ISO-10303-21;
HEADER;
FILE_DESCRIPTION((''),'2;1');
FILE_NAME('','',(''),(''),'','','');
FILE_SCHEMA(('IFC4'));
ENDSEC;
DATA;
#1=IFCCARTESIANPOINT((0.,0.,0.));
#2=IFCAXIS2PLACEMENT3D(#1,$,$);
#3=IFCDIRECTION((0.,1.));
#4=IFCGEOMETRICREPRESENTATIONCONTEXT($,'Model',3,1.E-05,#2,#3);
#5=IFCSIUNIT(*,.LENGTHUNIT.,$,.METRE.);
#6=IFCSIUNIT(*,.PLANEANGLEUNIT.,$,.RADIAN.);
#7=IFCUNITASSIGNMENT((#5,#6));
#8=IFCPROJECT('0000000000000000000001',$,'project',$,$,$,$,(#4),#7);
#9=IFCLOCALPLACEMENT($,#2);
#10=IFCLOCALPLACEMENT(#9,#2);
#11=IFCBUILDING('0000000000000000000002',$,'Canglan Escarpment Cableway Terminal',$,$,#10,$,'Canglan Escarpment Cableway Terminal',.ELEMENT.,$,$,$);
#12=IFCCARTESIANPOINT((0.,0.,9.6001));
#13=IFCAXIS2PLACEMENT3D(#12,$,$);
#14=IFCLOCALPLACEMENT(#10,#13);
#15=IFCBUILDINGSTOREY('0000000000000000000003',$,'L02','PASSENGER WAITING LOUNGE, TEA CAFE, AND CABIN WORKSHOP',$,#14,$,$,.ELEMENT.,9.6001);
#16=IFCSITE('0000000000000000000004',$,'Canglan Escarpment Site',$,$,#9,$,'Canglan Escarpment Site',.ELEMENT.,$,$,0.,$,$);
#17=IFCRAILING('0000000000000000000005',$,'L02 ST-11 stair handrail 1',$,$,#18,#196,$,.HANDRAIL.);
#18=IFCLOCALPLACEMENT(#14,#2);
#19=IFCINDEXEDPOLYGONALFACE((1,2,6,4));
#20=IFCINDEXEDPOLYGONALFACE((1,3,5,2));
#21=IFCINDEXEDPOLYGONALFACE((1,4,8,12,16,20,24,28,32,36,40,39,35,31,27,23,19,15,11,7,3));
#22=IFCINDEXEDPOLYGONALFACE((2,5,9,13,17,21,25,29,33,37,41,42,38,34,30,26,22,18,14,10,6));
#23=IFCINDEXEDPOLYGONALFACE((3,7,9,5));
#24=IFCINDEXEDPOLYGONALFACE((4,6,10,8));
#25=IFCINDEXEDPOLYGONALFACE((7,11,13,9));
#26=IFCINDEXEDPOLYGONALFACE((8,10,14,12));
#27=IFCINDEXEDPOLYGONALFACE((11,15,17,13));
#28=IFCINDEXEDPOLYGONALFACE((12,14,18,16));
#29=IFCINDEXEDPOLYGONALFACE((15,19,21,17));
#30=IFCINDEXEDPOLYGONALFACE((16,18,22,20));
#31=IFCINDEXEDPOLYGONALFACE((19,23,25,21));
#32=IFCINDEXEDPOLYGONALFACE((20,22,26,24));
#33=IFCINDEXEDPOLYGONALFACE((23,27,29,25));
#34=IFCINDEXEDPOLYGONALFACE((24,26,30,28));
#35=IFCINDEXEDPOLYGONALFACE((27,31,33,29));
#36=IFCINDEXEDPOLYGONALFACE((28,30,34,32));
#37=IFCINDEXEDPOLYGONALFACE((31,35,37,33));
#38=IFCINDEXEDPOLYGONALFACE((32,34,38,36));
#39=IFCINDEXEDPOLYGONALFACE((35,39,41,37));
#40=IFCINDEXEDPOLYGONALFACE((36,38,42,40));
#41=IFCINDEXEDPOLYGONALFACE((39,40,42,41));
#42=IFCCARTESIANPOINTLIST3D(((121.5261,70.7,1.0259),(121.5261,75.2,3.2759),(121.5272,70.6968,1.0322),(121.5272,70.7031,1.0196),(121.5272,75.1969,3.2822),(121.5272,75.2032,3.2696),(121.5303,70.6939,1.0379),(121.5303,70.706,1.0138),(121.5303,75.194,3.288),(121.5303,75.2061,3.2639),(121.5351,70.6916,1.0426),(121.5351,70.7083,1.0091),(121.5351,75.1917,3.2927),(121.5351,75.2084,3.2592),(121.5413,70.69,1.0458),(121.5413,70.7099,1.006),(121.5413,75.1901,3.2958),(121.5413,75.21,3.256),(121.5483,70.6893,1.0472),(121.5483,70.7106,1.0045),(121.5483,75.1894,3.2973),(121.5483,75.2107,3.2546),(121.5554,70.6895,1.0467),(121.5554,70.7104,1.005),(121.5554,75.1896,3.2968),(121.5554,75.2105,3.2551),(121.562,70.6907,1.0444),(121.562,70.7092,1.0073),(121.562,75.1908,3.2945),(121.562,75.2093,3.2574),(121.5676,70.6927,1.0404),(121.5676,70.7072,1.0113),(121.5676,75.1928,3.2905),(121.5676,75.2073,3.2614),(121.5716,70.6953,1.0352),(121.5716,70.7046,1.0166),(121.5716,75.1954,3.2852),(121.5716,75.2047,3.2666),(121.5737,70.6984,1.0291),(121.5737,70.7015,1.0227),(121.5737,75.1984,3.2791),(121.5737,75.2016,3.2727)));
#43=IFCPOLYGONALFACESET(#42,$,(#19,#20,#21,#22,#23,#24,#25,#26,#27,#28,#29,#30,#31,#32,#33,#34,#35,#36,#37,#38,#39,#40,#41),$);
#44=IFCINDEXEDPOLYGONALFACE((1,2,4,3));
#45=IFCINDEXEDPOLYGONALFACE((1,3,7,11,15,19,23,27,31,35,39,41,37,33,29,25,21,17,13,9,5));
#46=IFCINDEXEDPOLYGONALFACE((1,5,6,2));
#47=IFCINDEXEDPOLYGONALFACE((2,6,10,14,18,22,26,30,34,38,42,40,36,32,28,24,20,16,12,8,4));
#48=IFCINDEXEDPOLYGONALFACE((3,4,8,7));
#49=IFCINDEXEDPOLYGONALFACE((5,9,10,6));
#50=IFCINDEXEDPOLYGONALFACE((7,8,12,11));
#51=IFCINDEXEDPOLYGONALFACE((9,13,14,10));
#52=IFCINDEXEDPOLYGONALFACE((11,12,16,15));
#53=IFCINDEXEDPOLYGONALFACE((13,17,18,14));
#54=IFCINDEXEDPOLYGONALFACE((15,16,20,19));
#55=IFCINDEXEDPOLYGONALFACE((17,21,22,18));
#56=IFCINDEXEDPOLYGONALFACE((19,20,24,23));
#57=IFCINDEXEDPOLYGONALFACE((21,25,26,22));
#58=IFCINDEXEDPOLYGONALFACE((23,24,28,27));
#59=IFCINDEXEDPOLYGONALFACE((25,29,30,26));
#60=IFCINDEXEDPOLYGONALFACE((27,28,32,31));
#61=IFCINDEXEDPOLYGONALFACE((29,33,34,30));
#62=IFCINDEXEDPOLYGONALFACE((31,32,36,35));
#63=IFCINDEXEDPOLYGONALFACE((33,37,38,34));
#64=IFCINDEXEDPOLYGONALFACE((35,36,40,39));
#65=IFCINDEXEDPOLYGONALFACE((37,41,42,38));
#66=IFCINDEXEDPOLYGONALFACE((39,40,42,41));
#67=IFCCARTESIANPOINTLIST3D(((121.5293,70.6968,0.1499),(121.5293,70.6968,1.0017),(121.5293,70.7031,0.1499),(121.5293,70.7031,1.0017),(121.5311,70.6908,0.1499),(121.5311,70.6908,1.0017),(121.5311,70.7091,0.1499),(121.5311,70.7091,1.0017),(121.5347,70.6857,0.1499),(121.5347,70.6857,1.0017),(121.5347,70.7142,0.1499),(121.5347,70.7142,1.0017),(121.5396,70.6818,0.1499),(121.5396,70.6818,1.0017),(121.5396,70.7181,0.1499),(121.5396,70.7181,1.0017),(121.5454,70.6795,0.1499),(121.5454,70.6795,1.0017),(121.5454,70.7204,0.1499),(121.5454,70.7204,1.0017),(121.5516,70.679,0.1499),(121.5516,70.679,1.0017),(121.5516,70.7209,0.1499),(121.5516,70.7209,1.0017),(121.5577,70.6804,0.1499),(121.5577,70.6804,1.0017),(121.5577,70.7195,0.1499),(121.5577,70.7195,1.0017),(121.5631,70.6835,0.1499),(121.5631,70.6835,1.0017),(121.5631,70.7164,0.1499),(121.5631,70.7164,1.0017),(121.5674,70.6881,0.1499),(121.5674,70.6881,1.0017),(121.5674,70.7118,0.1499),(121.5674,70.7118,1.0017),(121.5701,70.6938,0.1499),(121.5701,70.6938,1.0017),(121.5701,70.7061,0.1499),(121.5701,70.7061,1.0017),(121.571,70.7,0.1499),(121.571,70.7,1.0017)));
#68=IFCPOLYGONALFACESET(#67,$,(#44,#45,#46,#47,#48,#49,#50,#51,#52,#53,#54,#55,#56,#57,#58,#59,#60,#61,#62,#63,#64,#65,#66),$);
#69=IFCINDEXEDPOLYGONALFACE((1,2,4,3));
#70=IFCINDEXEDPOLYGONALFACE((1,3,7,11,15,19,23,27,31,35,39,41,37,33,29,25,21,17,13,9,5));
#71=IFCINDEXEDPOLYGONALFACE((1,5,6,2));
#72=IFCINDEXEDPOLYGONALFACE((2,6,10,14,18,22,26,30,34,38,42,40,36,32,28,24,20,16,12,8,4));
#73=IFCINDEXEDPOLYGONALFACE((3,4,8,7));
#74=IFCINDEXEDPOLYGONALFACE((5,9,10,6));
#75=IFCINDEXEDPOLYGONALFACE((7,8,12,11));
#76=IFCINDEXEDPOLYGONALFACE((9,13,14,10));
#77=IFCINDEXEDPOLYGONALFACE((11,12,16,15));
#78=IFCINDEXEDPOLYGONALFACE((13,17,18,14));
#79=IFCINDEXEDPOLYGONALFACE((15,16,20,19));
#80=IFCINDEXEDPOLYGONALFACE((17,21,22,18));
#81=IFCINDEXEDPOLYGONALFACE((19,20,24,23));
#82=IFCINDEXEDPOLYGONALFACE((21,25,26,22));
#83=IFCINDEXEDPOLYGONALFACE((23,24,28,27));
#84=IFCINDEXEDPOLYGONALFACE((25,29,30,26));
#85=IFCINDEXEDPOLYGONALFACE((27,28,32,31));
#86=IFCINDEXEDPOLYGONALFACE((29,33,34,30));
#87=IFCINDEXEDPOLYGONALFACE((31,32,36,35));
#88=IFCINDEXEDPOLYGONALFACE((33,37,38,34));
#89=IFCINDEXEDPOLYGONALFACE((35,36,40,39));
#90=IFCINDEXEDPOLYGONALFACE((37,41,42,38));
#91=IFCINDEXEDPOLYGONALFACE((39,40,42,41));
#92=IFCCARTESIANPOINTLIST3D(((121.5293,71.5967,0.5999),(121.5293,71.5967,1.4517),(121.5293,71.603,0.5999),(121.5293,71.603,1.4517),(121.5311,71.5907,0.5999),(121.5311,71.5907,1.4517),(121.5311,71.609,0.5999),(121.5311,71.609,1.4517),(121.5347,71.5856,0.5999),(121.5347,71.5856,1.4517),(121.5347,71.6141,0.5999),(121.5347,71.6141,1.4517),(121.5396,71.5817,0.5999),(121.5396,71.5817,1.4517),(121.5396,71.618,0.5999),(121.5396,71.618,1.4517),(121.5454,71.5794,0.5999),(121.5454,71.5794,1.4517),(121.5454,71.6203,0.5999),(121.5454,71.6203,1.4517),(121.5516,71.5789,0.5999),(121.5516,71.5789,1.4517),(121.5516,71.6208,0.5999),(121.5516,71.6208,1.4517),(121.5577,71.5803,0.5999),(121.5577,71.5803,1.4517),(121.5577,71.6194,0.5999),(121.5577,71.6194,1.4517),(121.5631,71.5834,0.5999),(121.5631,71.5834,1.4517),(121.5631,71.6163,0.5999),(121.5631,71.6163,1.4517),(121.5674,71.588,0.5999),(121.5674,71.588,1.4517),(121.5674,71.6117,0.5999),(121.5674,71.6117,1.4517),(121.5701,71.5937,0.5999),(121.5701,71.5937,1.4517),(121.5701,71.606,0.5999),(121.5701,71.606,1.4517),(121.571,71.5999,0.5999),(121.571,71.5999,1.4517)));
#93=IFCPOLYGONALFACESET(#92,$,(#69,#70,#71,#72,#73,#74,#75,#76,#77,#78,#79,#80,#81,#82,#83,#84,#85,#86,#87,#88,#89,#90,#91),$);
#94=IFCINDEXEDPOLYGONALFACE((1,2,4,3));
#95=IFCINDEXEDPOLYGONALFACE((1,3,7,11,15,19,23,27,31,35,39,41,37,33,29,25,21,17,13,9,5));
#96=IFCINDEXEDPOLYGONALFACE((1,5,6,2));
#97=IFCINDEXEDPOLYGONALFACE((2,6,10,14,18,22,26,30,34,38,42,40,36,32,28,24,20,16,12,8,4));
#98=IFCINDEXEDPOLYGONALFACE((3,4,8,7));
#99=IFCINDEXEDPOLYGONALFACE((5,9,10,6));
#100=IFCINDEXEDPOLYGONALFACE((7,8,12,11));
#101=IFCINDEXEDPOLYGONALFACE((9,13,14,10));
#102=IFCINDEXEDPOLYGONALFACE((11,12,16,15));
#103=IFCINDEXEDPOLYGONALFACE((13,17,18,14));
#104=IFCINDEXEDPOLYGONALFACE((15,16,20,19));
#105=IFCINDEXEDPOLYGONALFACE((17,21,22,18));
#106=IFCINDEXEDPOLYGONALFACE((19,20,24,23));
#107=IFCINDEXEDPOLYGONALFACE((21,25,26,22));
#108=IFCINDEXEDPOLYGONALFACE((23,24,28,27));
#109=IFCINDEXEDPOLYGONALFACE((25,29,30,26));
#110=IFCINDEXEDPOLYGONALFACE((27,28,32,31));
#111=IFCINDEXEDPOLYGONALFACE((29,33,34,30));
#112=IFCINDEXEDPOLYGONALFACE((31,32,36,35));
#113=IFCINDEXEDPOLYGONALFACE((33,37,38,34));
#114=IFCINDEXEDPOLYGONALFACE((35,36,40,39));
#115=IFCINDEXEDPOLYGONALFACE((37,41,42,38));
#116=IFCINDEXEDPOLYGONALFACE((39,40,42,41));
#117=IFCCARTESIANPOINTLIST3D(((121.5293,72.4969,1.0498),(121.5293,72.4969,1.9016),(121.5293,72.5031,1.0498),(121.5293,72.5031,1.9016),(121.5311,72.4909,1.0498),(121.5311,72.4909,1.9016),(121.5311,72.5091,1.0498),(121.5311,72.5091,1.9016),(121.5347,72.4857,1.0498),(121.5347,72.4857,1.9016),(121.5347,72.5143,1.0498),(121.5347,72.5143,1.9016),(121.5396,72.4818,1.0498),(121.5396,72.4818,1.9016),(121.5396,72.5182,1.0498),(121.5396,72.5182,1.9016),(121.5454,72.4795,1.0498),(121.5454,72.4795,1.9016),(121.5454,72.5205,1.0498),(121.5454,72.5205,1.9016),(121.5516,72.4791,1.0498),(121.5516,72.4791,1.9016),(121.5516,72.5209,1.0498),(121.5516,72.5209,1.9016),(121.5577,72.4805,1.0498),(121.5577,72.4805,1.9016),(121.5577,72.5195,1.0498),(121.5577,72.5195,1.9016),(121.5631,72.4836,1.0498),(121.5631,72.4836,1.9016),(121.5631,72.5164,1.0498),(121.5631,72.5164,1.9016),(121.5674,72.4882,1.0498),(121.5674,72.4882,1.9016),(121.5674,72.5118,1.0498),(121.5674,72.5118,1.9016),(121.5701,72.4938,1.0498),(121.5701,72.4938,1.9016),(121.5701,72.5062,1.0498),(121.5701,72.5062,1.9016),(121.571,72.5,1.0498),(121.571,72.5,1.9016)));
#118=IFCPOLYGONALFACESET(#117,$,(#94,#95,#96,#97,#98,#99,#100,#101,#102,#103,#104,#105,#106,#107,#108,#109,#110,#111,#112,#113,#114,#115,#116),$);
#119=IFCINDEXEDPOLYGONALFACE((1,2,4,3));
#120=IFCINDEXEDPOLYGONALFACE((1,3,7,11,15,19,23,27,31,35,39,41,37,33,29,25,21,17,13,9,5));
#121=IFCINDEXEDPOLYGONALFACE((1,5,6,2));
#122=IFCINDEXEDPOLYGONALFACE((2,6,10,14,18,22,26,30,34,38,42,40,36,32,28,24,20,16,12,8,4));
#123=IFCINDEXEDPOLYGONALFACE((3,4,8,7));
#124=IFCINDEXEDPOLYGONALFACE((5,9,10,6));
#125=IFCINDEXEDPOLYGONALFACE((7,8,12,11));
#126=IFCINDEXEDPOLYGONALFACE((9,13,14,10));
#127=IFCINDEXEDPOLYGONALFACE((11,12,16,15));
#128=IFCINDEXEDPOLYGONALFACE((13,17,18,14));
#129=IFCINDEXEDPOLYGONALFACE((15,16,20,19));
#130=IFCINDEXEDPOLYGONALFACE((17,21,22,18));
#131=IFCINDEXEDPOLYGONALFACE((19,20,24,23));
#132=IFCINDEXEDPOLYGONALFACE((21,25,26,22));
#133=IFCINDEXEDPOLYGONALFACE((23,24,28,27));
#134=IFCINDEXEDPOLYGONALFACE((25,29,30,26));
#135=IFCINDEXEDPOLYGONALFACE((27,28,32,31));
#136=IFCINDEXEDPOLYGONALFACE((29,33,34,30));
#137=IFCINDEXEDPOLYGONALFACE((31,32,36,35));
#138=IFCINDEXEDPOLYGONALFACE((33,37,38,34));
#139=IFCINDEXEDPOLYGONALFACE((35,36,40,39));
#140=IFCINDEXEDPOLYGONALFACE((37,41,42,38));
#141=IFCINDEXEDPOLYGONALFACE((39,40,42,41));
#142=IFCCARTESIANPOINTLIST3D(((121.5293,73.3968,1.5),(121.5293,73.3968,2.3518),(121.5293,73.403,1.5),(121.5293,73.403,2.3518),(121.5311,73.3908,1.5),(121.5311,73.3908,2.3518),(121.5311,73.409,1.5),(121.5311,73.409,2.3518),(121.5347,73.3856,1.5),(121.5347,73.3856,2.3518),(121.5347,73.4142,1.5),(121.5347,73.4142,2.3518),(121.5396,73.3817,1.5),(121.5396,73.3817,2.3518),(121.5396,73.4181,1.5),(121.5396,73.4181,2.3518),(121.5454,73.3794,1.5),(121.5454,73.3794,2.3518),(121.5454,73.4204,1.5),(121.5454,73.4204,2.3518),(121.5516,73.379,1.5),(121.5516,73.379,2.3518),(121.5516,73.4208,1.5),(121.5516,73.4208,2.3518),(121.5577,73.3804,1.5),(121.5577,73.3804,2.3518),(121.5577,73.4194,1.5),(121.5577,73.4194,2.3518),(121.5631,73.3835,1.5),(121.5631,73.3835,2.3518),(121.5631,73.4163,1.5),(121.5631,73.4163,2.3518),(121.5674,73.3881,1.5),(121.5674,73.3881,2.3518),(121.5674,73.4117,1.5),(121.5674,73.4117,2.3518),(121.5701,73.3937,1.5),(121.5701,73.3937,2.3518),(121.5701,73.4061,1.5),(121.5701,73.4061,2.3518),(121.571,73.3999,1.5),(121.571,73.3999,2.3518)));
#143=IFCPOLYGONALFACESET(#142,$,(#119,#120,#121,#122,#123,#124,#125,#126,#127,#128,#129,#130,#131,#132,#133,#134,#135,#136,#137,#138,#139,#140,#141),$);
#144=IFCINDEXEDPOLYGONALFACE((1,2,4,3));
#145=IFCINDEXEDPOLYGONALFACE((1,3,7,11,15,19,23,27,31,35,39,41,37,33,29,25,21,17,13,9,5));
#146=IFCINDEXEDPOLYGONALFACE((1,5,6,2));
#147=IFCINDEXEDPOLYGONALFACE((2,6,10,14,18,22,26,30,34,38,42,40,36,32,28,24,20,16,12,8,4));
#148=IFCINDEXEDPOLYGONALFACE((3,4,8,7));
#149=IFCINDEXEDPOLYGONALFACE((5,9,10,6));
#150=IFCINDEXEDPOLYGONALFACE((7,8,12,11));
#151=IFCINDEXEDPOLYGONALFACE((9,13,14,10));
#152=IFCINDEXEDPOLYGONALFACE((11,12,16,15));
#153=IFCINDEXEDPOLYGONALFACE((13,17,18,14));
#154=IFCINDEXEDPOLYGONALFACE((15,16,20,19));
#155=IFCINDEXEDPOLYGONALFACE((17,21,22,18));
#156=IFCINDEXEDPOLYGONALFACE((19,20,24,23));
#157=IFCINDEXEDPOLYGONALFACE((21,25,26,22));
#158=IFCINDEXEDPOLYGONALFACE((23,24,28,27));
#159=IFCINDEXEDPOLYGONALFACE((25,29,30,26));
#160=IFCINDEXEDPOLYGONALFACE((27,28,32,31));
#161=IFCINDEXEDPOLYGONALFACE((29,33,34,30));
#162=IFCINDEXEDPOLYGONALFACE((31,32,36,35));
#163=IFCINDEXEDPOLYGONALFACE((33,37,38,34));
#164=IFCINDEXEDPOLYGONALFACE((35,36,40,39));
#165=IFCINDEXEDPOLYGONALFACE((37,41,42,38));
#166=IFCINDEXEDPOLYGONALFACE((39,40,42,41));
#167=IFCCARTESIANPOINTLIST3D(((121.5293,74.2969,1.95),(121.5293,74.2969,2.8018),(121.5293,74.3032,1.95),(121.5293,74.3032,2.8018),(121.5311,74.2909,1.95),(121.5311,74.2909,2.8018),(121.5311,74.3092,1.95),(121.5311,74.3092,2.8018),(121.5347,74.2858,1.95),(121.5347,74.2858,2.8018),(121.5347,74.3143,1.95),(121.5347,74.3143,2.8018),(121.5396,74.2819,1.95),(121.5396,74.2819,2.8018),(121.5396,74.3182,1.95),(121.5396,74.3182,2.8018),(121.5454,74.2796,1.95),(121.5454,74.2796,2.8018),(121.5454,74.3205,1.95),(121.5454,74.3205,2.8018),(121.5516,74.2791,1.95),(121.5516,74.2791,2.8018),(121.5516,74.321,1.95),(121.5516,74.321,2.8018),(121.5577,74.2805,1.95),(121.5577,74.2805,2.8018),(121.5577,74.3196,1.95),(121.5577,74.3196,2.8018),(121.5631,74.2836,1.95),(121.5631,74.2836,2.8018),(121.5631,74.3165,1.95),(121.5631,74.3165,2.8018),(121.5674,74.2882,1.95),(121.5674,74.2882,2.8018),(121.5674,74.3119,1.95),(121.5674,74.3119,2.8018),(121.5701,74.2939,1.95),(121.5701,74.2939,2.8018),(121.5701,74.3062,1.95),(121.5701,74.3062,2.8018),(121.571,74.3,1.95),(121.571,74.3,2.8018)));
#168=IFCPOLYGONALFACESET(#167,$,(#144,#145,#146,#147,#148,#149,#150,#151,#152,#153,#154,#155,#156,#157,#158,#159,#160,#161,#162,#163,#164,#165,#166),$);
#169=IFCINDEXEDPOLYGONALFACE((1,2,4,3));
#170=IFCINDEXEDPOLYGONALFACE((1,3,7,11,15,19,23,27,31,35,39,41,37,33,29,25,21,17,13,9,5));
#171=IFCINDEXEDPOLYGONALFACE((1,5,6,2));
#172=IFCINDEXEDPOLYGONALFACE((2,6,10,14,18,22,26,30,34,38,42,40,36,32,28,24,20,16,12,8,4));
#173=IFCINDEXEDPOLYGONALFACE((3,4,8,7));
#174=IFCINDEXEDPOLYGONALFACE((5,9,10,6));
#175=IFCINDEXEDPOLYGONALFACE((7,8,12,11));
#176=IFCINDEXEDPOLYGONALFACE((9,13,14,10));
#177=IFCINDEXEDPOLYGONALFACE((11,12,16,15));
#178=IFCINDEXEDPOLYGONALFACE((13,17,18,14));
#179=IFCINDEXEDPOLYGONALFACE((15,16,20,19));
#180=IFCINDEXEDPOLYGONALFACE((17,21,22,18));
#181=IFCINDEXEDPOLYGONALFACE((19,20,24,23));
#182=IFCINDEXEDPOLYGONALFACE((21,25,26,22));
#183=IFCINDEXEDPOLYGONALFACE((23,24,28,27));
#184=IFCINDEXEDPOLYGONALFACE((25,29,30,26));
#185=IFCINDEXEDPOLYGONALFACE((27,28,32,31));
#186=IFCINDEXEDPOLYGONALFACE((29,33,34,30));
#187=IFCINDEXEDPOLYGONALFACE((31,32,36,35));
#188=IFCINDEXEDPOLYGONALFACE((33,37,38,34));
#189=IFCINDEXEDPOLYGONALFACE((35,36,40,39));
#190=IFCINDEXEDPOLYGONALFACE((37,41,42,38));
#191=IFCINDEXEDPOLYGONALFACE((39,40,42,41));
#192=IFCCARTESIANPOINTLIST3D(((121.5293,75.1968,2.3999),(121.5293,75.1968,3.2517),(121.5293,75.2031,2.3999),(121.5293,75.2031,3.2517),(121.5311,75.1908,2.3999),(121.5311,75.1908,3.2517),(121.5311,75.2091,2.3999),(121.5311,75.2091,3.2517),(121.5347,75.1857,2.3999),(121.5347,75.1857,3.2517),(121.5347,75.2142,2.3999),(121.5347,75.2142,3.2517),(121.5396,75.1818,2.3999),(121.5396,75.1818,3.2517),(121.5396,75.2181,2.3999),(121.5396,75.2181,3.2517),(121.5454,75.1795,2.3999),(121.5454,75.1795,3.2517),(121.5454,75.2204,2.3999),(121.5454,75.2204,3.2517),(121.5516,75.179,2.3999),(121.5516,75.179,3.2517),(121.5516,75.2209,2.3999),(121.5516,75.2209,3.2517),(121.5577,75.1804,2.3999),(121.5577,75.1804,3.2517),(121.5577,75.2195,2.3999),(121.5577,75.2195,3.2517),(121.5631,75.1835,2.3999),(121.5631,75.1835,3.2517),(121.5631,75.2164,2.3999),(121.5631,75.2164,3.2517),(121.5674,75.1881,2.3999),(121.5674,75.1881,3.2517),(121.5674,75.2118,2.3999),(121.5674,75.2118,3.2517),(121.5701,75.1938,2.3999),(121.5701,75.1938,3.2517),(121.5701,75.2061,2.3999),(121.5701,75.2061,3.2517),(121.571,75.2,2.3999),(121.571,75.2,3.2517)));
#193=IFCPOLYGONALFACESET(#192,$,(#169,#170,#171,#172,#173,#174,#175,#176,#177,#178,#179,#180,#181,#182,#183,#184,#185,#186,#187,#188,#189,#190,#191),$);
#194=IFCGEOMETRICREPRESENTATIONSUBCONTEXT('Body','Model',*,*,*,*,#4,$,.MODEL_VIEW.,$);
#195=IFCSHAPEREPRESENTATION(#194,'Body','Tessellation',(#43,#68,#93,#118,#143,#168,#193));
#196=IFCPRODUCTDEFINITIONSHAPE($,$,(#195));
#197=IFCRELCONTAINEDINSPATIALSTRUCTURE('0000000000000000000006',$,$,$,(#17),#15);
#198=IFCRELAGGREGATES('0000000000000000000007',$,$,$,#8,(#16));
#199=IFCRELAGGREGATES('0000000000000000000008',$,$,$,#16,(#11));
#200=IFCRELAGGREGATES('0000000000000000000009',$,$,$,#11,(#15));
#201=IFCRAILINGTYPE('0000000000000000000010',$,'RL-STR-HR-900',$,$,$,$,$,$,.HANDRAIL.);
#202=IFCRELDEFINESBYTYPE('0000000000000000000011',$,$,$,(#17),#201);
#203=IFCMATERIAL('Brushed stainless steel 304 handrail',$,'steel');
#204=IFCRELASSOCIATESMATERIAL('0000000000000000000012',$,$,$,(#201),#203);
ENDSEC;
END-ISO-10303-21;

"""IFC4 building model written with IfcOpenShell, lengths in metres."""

from ifc_helpers import new_model, si_unit, direction, frame, origin, origin_2d, place, context, subcontext, project, spatial, circle, extrude, material, type_object, element, save


model = new_model("IFC4")

# Units and contexts
model_context = context("Model", 3, precision=1e-05, world=origin(), true_north=direction((0.0, 1.0)))
body_context = subcontext(model_context, "Body", "Model", "MODEL_VIEW")
ifc_project = project(units=[si_unit("LENGTHUNIT", "METRE"), si_unit("PLANEANGLEUNIT", "RADIAN")], contexts=[model_context])

# Site, building, storey
site_placement = place(None, origin())
site = spatial("IfcSite", under=ifc_project, at=site_placement, Name="Canglan Escarpment Site", LongName="Canglan Escarpment Site", CompositionType="ELEMENT", RefElevation=0.0)
building_placement = place(site_placement, origin())
building = spatial("IfcBuilding", under=site, at=building_placement, Name="Canglan Escarpment Cableway Terminal", LongName="Canglan Escarpment Cableway Terminal", CompositionType="ELEMENT")
storey_placement = place(building_placement, frame((0.0, 0.0, 9.6001)))
storey = spatial("IfcBuildingStorey", under=building, at=storey_placement, Name="L02", Description="PASSENGER WAITING LOUNGE, TEA CAFE, AND CABIN WORKSHOP", CompositionType="ELEMENT", Elevation=9.6001)

# Railing
ifc_material_1 = material(Name="Brushed stainless steel 304 handrail", Category="steel")
railing_type_1 = type_object("IfcRailingType", Name="RL-STR-HR-900", PredefinedType="HANDRAIL", material=ifc_material_1)
railing_1_placement = place(storey_placement, frame((121.55, 70.7, 0.1499)))
element("IfcRailing", 1, at=railing_1_placement, inside=storey, type_object=railing_type_1, Name="L02 ST-11 stair handrail 1", PredefinedType="HANDRAIL", context=body_context, shape_type="SweptSolid", body=[
    extrude(circle(Radius=0.0239, at=origin_2d()), frame((0.0, 0.0, 0.876), z_axis=(0.0, 0.894427, 0.447214), x_axis=(-1.0, 0.0, 0.0)), (0.0, 0.0, 1.0), 5.0312),
    extrude(circle(Radius=0.021, at=origin_2d()), origin(), (0.0, 0.0, 1.0), 0.8518),
    extrude(circle(Radius=0.021, at=origin_2d()), frame((0.0, 0.8999, 0.45)), (0.0, 0.0, 1.0), 0.8518),
    extrude(circle(Radius=0.021, at=origin_2d()), frame((0.0, 1.8, 0.8999)), (0.0, 0.0, 1.0), 0.8518),
    extrude(circle(Radius=0.021, at=origin_2d()), frame((0.0, 2.7, 1.3501)), (0.0, 0.0, 1.0), 0.8518),
    extrude(circle(Radius=0.021, at=origin_2d()), frame((0.0, 3.6001, 1.8)), (0.0, 0.0, 1.0), 0.8518),
    extrude(circle(Radius=0.021, at=origin_2d()), frame((0.0, 4.5, 2.25)), (0.0, 0.0, 1.0), 0.8518),
])

save(model, "model.ifc")
